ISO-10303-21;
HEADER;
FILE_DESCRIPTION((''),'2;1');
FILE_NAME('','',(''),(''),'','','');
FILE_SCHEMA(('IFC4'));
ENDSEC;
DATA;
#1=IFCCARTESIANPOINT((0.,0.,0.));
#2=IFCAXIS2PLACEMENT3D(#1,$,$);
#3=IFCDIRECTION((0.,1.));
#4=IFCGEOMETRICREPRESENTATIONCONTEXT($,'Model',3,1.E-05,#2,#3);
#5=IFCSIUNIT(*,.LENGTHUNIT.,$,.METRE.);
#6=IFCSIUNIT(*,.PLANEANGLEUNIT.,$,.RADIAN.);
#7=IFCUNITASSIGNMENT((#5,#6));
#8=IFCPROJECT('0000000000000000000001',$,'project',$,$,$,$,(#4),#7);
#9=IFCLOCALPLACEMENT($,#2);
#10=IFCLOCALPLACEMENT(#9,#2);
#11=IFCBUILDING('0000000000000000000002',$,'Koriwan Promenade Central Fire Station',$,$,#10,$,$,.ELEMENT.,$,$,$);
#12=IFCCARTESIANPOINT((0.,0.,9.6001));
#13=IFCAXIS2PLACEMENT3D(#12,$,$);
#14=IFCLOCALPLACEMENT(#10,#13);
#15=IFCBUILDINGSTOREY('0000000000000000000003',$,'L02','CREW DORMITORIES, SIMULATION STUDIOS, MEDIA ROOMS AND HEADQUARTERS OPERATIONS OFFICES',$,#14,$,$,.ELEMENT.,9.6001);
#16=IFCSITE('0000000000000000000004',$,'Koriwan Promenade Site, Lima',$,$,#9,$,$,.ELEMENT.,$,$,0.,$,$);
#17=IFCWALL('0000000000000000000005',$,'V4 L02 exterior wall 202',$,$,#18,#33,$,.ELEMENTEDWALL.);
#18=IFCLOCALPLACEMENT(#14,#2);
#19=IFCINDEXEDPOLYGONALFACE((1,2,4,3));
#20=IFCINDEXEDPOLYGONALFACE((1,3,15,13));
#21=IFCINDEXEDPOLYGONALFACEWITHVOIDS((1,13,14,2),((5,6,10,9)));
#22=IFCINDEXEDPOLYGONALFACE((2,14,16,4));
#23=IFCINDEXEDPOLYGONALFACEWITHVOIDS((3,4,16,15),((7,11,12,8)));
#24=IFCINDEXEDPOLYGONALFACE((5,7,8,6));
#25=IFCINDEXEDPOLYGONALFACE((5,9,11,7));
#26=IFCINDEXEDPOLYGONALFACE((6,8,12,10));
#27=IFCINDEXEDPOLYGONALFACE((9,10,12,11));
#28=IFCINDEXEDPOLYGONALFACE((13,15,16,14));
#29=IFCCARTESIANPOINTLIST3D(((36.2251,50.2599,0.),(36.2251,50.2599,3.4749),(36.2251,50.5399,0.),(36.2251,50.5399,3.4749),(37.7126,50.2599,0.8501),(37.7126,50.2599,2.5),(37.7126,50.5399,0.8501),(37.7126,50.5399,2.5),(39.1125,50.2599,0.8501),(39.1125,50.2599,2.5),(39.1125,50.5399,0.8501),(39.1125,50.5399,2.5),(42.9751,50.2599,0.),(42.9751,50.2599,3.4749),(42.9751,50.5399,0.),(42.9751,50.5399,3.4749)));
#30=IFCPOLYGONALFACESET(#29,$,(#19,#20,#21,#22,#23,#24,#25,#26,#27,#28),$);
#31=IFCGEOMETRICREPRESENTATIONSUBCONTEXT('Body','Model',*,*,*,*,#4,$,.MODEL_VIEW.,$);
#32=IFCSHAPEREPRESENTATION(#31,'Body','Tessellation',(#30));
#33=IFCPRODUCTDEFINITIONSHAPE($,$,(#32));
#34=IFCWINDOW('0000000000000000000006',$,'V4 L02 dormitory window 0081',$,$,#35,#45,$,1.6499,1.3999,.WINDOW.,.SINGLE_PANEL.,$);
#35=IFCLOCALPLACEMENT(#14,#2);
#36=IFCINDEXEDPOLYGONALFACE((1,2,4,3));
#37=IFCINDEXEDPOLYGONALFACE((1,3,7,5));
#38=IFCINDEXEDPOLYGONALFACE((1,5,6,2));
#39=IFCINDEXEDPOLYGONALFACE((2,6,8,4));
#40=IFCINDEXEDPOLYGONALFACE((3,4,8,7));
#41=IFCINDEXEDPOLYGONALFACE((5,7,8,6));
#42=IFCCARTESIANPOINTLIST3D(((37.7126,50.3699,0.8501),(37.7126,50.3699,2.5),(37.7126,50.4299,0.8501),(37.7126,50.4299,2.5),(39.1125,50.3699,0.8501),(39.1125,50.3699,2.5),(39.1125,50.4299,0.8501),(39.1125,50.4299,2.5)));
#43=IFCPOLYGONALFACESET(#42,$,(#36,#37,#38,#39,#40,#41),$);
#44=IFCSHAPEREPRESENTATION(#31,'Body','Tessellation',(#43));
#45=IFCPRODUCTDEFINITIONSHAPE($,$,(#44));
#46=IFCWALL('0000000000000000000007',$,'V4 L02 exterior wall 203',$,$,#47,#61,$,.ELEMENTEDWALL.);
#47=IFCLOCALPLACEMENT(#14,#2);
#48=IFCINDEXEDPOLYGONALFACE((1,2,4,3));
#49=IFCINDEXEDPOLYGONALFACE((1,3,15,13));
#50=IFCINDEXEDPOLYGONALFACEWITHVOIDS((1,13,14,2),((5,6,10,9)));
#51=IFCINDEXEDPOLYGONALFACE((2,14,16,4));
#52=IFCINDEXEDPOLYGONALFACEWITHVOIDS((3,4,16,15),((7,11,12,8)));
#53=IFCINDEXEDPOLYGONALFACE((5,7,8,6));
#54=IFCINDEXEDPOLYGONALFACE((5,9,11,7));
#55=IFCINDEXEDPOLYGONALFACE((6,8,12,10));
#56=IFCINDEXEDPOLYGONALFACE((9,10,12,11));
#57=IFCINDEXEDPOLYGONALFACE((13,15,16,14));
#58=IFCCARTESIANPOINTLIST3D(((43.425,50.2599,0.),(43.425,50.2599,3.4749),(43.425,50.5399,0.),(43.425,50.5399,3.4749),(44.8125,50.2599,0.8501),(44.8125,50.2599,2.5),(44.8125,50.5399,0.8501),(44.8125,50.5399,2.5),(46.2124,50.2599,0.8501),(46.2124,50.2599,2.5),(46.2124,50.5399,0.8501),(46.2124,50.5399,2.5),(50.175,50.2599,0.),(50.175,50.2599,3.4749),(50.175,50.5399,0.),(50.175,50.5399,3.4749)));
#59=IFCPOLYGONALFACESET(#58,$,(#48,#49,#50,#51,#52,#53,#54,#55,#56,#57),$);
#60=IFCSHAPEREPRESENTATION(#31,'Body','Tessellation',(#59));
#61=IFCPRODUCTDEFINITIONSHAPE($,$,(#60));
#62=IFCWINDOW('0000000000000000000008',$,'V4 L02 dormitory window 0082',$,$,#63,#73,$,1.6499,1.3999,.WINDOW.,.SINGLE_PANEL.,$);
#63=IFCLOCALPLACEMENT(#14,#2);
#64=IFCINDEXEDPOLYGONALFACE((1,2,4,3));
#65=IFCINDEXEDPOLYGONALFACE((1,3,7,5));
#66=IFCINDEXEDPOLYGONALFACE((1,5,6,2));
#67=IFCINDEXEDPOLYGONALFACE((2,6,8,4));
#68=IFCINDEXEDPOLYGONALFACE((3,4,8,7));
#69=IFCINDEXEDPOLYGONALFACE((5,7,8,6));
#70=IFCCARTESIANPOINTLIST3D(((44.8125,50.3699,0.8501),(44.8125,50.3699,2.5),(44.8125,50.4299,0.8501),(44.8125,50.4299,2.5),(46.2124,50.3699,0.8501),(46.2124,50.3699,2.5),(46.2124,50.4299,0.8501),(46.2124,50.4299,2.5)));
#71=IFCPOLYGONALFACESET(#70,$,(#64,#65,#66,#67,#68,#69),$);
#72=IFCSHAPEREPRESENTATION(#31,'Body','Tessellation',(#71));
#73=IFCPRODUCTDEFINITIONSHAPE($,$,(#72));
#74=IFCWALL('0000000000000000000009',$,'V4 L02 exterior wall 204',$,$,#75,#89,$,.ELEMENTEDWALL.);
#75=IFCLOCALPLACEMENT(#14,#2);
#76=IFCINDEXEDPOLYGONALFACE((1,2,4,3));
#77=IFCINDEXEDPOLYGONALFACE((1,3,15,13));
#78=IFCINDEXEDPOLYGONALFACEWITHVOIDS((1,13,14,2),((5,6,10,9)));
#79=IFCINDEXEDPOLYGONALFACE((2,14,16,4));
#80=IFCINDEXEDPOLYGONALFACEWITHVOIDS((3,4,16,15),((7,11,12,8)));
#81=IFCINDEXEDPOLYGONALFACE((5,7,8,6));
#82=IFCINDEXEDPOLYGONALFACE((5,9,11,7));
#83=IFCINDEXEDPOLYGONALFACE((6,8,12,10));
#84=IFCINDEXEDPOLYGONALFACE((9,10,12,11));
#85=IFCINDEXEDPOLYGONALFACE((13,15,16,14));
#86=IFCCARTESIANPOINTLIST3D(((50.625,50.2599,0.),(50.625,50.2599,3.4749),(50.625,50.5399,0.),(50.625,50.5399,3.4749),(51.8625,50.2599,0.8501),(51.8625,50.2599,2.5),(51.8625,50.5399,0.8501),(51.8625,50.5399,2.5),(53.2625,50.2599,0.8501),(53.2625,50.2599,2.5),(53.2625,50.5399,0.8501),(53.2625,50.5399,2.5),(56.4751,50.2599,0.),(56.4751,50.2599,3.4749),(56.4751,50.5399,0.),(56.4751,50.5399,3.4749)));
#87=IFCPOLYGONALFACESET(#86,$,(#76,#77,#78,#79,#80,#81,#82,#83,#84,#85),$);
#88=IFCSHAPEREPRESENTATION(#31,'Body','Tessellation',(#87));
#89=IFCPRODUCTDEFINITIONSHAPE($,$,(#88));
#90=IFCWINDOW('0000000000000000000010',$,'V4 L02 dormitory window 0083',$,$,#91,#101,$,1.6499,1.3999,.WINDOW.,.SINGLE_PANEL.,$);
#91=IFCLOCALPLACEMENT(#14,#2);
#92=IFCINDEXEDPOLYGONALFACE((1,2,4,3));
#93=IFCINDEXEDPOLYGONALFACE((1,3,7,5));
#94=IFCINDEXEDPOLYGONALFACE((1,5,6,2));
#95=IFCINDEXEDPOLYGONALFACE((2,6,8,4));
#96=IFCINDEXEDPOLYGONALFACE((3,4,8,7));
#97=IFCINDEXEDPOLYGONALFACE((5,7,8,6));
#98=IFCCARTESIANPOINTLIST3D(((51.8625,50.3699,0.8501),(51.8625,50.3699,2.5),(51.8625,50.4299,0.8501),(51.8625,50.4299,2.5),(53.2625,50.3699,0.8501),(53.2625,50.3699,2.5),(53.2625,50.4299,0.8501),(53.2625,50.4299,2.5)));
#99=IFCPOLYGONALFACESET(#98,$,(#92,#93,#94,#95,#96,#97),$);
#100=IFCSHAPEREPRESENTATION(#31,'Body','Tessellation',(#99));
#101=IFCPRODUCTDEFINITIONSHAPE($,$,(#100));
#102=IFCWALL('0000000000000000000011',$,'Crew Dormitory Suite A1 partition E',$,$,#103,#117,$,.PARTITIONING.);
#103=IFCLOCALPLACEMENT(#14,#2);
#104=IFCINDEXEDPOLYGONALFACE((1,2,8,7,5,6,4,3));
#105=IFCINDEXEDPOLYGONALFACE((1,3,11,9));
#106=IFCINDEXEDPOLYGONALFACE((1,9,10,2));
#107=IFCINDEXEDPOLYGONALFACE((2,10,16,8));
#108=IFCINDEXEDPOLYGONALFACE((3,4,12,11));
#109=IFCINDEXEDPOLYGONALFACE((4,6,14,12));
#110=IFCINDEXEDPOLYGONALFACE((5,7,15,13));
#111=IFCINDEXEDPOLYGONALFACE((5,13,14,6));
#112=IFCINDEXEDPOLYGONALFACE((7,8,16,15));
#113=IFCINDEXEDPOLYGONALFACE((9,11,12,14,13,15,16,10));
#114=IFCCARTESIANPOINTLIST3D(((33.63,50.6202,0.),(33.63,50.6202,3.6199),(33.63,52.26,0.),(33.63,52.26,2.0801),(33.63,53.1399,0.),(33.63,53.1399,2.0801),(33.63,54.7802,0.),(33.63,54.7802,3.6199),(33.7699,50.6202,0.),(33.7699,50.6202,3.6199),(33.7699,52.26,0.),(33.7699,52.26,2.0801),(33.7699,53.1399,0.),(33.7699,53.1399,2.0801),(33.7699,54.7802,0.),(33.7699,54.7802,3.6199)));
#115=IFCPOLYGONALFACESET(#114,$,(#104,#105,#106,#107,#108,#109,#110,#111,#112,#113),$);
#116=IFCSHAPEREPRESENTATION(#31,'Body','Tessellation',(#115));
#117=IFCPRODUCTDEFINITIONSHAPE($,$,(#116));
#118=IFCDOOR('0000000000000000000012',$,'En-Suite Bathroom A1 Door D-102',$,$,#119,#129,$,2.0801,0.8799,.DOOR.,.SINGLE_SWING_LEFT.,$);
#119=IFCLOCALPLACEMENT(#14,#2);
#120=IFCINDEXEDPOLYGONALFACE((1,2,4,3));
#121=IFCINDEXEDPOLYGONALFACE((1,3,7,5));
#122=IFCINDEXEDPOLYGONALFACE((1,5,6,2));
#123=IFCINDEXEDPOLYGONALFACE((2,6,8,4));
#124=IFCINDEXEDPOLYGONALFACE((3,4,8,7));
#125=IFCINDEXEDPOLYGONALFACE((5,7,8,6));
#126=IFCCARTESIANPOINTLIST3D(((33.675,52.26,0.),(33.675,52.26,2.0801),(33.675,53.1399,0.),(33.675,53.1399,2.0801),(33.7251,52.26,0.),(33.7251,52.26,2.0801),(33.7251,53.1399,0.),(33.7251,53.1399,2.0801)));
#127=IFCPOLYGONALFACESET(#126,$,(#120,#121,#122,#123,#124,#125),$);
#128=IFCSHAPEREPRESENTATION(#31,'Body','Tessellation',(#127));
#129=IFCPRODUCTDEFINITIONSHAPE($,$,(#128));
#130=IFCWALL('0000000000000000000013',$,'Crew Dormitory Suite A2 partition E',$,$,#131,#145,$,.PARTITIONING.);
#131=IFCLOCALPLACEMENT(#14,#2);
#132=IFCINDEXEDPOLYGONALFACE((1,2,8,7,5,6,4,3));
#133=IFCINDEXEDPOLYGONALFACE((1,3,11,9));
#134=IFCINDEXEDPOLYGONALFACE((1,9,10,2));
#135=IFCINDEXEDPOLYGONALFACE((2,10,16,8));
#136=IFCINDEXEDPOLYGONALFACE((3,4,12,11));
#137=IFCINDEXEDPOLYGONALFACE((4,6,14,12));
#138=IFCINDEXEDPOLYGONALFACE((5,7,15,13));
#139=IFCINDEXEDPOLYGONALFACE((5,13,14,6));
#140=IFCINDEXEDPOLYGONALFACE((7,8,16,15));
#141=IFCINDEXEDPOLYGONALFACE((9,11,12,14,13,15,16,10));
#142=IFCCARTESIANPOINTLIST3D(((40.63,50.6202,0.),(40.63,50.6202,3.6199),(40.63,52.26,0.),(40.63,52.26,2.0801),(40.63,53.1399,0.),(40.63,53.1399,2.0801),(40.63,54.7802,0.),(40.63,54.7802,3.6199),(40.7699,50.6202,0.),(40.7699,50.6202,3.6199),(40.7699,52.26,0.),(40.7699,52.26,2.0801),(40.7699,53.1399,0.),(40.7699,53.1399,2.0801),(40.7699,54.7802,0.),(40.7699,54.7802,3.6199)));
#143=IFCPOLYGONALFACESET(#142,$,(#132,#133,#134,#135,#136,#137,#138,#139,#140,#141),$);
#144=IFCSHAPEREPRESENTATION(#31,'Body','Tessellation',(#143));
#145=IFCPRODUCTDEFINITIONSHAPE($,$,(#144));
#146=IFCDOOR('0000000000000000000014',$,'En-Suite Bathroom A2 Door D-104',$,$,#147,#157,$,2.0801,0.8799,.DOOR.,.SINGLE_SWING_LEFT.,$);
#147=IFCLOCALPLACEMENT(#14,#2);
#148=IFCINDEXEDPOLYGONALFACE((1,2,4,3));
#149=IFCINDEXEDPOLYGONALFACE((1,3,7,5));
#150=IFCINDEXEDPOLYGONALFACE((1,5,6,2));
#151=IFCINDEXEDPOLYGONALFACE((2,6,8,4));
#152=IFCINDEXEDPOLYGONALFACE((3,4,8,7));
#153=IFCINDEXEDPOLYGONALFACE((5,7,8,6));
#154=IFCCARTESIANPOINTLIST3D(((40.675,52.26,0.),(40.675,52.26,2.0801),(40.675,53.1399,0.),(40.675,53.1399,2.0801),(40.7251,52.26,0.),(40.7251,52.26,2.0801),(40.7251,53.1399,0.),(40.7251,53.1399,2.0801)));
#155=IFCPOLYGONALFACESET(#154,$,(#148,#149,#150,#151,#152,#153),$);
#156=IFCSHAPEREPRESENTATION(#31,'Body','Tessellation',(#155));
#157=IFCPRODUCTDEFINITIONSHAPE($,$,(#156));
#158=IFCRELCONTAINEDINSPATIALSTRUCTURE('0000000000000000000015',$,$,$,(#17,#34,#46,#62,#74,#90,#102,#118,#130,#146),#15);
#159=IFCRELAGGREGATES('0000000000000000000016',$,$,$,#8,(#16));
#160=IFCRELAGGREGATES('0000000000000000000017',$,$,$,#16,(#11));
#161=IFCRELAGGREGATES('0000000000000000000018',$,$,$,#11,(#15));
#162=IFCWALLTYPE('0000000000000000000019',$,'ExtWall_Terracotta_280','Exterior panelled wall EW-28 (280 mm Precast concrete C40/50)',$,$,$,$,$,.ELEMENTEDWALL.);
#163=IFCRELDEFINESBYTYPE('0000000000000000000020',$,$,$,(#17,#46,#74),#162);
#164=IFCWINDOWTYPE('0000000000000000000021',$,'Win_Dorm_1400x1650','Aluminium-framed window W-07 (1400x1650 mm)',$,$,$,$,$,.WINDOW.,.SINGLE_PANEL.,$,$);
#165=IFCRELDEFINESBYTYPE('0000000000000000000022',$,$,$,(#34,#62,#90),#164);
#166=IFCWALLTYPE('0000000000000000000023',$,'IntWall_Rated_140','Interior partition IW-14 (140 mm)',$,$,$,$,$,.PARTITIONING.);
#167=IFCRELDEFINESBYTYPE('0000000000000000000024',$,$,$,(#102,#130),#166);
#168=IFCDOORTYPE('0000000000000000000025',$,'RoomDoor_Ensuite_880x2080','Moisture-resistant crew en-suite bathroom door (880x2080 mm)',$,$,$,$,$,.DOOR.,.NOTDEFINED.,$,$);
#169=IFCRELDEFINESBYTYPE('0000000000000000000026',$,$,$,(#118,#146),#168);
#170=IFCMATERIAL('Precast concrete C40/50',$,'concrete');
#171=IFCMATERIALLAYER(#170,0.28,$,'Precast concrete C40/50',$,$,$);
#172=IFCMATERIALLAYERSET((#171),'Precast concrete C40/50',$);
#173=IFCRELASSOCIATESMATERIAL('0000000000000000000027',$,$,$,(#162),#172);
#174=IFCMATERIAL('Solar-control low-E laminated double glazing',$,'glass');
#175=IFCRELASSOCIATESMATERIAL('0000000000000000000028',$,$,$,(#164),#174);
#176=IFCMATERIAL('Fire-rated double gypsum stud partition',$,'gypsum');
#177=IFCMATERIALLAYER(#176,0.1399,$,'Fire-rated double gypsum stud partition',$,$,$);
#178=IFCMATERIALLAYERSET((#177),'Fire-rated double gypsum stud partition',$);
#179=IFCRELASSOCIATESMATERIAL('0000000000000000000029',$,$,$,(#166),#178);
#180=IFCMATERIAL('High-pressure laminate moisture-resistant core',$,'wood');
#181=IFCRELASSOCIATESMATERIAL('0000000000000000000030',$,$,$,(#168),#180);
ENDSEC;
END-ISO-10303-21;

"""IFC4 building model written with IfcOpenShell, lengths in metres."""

from ifc_helpers import new_model, si_unit, direction, frame, frame_2d, origin, place, context, subcontext, project, spatial, rectangle, extrude, material, layer, layer_set, type_object, element, fill, save


model = new_model("IFC4")

# Units and contexts
model_context = context("Model", 3, precision=1e-05, world=origin(), true_north=direction((0.0, 1.0)))
body_context = subcontext(model_context, "Body", "Model", "MODEL_VIEW")
ifc_project = project(units=[si_unit("LENGTHUNIT", "METRE"), si_unit("PLANEANGLEUNIT", "RADIAN")], contexts=[model_context])

# Site, building, storey
site_placement = place(None, origin())
site = spatial("IfcSite", under=ifc_project, at=site_placement, Name="Koriwan Promenade Site, Lima", CompositionType="ELEMENT", RefElevation=0.0)
building_placement = place(site_placement, origin())
building = spatial("IfcBuilding", under=site, at=building_placement, Name="Koriwan Promenade Central Fire Station", CompositionType="ELEMENT")
storey_placement = place(building_placement, frame((0.0, 0.0, 9.6001)))
storey = spatial("IfcBuildingStorey", under=building, at=storey_placement, Name="L02", Description="CREW DORMITORIES, SIMULATION STUDIOS, MEDIA ROOMS AND HEADQUARTERS OPERATIONS OFFICES", CompositionType="ELEMENT", Elevation=9.6001)

# Walls, openings, windows
ifc_material_1 = material(Name="Precast concrete C40/50", Category="concrete")
ifc_layer_1 = layer(ifc_material_1, 0.28, Name="Precast concrete C40/50")
ifc_layer_set_1 = layer_set([ifc_layer_1], Name="Precast concrete C40/50")
wall_type_1 = type_object("IfcWallType", Name="ExtWall_Terracotta_280", Description="Exterior panelled wall EW-28 (280 mm Precast concrete C40/50)", PredefinedType="ELEMENTEDWALL", material=ifc_layer_set_1)
ifc_material_2 = material(Name="Solar-control low-E laminated double glazing", Category="glass")
window_type = type_object("IfcWindowType", Name="Win_Dorm_1400x1650", Description="Aluminium-framed window W-07 (1400x1650 mm)", PartitioningType="SINGLE_PANEL", PredefinedType="WINDOW", material=ifc_material_2)
wall_1_placement = place(storey_placement, frame((36.2251, 50.3999, 0.0), z_axis=(0.0, 0.0, 1.0), x_axis=(1.0, 0.0, 0.0)))
wall_1 = element("IfcWall", 1, at=wall_1_placement, inside=storey, type_object=wall_type_1, Name="V4 L02 exterior wall 202", PredefinedType="ELEMENTEDWALL", context=body_context, shape_type="SweptSolid", body=[
    extrude(rectangle(XDim=6.75, YDim=0.28, at=frame_2d((3.375, 0.0))), origin(), (0.0, 0.0, 1.0), 3.4749),
])
opening_1_placement = place(wall_1_placement, frame((1.4875, 0.0, 0.8501)))
opening_1 = element("IfcOpeningElement", 2, at=opening_1_placement, cuts=wall_1, PredefinedType="OPENING", context=body_context, shape_type="SweptSolid", body=[
    extrude(rectangle(XDim=1.3999, YDim=1.6499, at=frame_2d((0.7, 0.825))), frame((0.0, 0.1519, 0.0), z_axis=(0.0, -1.0, 0.0), x_axis=(1.0, 0.0, 0.0)), (0.0, 0.0, 1.0), 0.304),
])
window_1_placement = place(opening_1_placement, origin())
window_1 = element("IfcWindow", 3, at=window_1_placement, inside=storey, type_object=window_type, Name="V4 L02 dormitory window 0081", OverallHeight=1.6499, OverallWidth=1.3999, PartitioningType="SINGLE_PANEL", PredefinedType="WINDOW", context=body_context, shape_type="SweptSolid", body=[
    extrude(rectangle(XDim=1.3999, YDim=1.6499, at=frame_2d((0.7, 0.825))), frame((0.0, 0.03, 0.0), z_axis=(0.0, -1.0, 0.0), x_axis=(1.0, 0.0, 0.0)), (0.0, 0.0, 1.0), 0.0601),
])
fill(opening_1, window_1)
wall_2_placement = place(storey_placement, frame((43.425, 50.3999, 0.0), z_axis=(0.0, 0.0, 1.0), x_axis=(1.0, 0.0, 0.0)))
wall_2 = element("IfcWall", 4, at=wall_2_placement, inside=storey, type_object=wall_type_1, Name="V4 L02 exterior wall 203", PredefinedType="ELEMENTEDWALL", context=body_context, shape_type="SweptSolid", body=[
    extrude(rectangle(XDim=6.75, YDim=0.28, at=frame_2d((3.375, 0.0))), origin(), (0.0, 0.0, 1.0), 3.4749),
])
opening_2_placement = place(wall_2_placement, frame((1.3875, 0.0, 0.8501)))
opening_2 = element("IfcOpeningElement", 5, at=opening_2_placement, cuts=wall_2, PredefinedType="OPENING", context=body_context, shape_type="SweptSolid", body=[
    extrude(rectangle(XDim=1.3999, YDim=1.6499, at=frame_2d((0.7, 0.825))), frame((0.0, 0.1519, 0.0), z_axis=(0.0, -1.0, 0.0), x_axis=(1.0, 0.0, 0.0)), (0.0, 0.0, 1.0), 0.304),
])
window_2_placement = place(opening_2_placement, origin())
window_2 = element("IfcWindow", 6, at=window_2_placement, inside=storey, type_object=window_type, Name="V4 L02 dormitory window 0082", OverallHeight=1.6499, OverallWidth=1.3999, PartitioningType="SINGLE_PANEL", PredefinedType="WINDOW", context=body_context, shape_type="SweptSolid", body=[
    extrude(rectangle(XDim=1.3999, YDim=1.6499, at=frame_2d((0.7, 0.825))), frame((0.0, 0.03, 0.0), z_axis=(0.0, -1.0, 0.0), x_axis=(1.0, 0.0, 0.0)), (0.0, 0.0, 1.0), 0.0601),
])
fill(opening_2, window_2)
wall_3_placement = place(storey_placement, frame((50.625, 50.3999, 0.0), z_axis=(0.0, 0.0, 1.0), x_axis=(1.0, 0.0, 0.0)))
wall_3 = element("IfcWall", 7, at=wall_3_placement, inside=storey, type_object=wall_type_1, Name="V4 L02 exterior wall 204", PredefinedType="ELEMENTEDWALL", context=body_context, shape_type="SweptSolid", body=[
    extrude(rectangle(XDim=5.8501, YDim=0.28, at=frame_2d((2.925, 0.0))), origin(), (0.0, 0.0, 1.0), 3.4749),
])
opening_3_placement = place(wall_3_placement, frame((1.2375, 0.0, 0.8501)))
opening_3 = element("IfcOpeningElement", 8, at=opening_3_placement, cuts=wall_3, PredefinedType="OPENING", context=body_context, shape_type="SweptSolid", body=[
    extrude(rectangle(XDim=1.3999, YDim=1.6499, at=frame_2d((0.7, 0.825))), frame((0.0, 0.1519, 0.0), z_axis=(0.0, -1.0, 0.0), x_axis=(1.0, 0.0, 0.0)), (0.0, 0.0, 1.0), 0.304),
])
window_3_placement = place(opening_3_placement, origin())
window_3 = element("IfcWindow", 9, at=window_3_placement, inside=storey, type_object=window_type, Name="V4 L02 dormitory window 0083", OverallHeight=1.6499, OverallWidth=1.3999, PartitioningType="SINGLE_PANEL", PredefinedType="WINDOW", context=body_context, shape_type="SweptSolid", body=[
    extrude(rectangle(XDim=1.3999, YDim=1.6499, at=frame_2d((0.7, 0.825))), frame((0.0, 0.03, 0.0), z_axis=(0.0, -1.0, 0.0), x_axis=(1.0, 0.0, 0.0)), (0.0, 0.0, 1.0), 0.0601),
])
fill(opening_3, window_3)

# Walls, openings, doors
ifc_material_3 = material(Name="Fire-rated double gypsum stud partition", Category="gypsum")
ifc_layer_2 = layer(ifc_material_3, 0.1399, Name="Fire-rated double gypsum stud partition")
ifc_layer_set_2 = layer_set([ifc_layer_2], Name="Fire-rated double gypsum stud partition")
wall_type_2 = type_object("IfcWallType", Name="IntWall_Rated_140", Description="Interior partition IW-14 (140 mm)", PredefinedType="PARTITIONING", material=ifc_layer_set_2)
wall_4_placement = place(storey_placement, frame((33.7, 50.6201, 0.0), z_axis=(0.0, 0.0, 1.0), x_axis=(0.0, 1.0, 0.0)))
wall_4 = element("IfcWall", 10, at=wall_4_placement, inside=storey, type_object=wall_type_2, Name="Crew Dormitory Suite A1 partition E", PredefinedType="PARTITIONING", context=body_context, shape_type="SweptSolid", body=[
    extrude(rectangle(XDim=4.1599, YDim=0.1399, at=frame_2d((2.0801, 0.0))), origin(), (0.0, 0.0, 1.0), 3.6199),
])
opening_4_placement = place(wall_4_placement, frame((1.6399, 0.0, 0.0)))
opening_4 = element("IfcOpeningElement", 11, at=opening_4_placement, cuts=wall_4, PredefinedType="OPENING", context=body_context, shape_type="SweptSolid", body=[
    extrude(rectangle(XDim=0.8799, YDim=2.0801, at=frame_2d((0.4399, 1.04))), frame((0.0, 0.082, 0.0), z_axis=(0.0, -1.0, 0.0), x_axis=(1.0, 0.0, 0.0)), (0.0, 0.0, 1.0), 0.1638),
])
ifc_material_4 = material(Name="High-pressure laminate moisture-resistant core", Category="wood")
door_type = type_object("IfcDoorType", Name="RoomDoor_Ensuite_880x2080", Description="Moisture-resistant crew en-suite bathroom door (880x2080 mm)", OperationType="NOTDEFINED", PredefinedType="DOOR", material=ifc_material_4)
door_1_placement = place(opening_4_placement, origin())
door_1 = element("IfcDoor", 12, at=door_1_placement, inside=storey, type_object=door_type, Name="En-Suite Bathroom A1 Door D-102", OperationType="SINGLE_SWING_LEFT", OverallHeight=2.0801, OverallWidth=0.8799, PredefinedType="DOOR", context=body_context, shape_type="SweptSolid", body=[
    extrude(rectangle(XDim=0.8799, YDim=2.0801, at=frame_2d((0.4399, 1.04))), frame((0.0, 0.0249, 0.0), z_axis=(0.0, -1.0, 0.0), x_axis=(1.0, 0.0, 0.0)), (0.0, 0.0, 1.0), 0.05),
])
fill(opening_4, door_1)
wall_5_placement = place(storey_placement, frame((40.7, 50.6201, 0.0), z_axis=(0.0, 0.0, 1.0), x_axis=(0.0, 1.0, 0.0)))
wall_5 = element("IfcWall", 13, at=wall_5_placement, inside=storey, type_object=wall_type_2, Name="Crew Dormitory Suite A2 partition E", PredefinedType="PARTITIONING", context=body_context, shape_type="SweptSolid", body=[
    extrude(rectangle(XDim=4.1599, YDim=0.1399, at=frame_2d((2.0801, 0.0))), origin(), (0.0, 0.0, 1.0), 3.6199),
])
opening_5_placement = place(wall_5_placement, frame((1.6399, 0.0, 0.0)))
opening_5 = element("IfcOpeningElement", 14, at=opening_5_placement, cuts=wall_5, PredefinedType="OPENING", context=body_context, shape_type="SweptSolid", body=[
    extrude(rectangle(XDim=0.8799, YDim=2.0801, at=frame_2d((0.4399, 1.04))), frame((0.0, 0.082, 0.0), z_axis=(0.0, -1.0, 0.0), x_axis=(1.0, 0.0, 0.0)), (0.0, 0.0, 1.0), 0.1638),
])
door_2_placement = place(opening_5_placement, origin())
door_2 = element("IfcDoor", 15, at=door_2_placement, inside=storey, type_object=door_type, Name="En-Suite Bathroom A2 Door D-104", OperationType="SINGLE_SWING_LEFT", OverallHeight=2.0801, OverallWidth=0.8799, PredefinedType="DOOR", context=body_context, shape_type="SweptSolid", body=[
    extrude(rectangle(XDim=0.8799, YDim=2.0801, at=frame_2d((0.4399, 1.04))), frame((0.0, 0.0249, 0.0), z_axis=(0.0, -1.0, 0.0), x_axis=(1.0, 0.0, 0.0)), (0.0, 0.0, 1.0), 0.05),
])
fill(opening_5, door_2)

save(model, "model.ifc")
